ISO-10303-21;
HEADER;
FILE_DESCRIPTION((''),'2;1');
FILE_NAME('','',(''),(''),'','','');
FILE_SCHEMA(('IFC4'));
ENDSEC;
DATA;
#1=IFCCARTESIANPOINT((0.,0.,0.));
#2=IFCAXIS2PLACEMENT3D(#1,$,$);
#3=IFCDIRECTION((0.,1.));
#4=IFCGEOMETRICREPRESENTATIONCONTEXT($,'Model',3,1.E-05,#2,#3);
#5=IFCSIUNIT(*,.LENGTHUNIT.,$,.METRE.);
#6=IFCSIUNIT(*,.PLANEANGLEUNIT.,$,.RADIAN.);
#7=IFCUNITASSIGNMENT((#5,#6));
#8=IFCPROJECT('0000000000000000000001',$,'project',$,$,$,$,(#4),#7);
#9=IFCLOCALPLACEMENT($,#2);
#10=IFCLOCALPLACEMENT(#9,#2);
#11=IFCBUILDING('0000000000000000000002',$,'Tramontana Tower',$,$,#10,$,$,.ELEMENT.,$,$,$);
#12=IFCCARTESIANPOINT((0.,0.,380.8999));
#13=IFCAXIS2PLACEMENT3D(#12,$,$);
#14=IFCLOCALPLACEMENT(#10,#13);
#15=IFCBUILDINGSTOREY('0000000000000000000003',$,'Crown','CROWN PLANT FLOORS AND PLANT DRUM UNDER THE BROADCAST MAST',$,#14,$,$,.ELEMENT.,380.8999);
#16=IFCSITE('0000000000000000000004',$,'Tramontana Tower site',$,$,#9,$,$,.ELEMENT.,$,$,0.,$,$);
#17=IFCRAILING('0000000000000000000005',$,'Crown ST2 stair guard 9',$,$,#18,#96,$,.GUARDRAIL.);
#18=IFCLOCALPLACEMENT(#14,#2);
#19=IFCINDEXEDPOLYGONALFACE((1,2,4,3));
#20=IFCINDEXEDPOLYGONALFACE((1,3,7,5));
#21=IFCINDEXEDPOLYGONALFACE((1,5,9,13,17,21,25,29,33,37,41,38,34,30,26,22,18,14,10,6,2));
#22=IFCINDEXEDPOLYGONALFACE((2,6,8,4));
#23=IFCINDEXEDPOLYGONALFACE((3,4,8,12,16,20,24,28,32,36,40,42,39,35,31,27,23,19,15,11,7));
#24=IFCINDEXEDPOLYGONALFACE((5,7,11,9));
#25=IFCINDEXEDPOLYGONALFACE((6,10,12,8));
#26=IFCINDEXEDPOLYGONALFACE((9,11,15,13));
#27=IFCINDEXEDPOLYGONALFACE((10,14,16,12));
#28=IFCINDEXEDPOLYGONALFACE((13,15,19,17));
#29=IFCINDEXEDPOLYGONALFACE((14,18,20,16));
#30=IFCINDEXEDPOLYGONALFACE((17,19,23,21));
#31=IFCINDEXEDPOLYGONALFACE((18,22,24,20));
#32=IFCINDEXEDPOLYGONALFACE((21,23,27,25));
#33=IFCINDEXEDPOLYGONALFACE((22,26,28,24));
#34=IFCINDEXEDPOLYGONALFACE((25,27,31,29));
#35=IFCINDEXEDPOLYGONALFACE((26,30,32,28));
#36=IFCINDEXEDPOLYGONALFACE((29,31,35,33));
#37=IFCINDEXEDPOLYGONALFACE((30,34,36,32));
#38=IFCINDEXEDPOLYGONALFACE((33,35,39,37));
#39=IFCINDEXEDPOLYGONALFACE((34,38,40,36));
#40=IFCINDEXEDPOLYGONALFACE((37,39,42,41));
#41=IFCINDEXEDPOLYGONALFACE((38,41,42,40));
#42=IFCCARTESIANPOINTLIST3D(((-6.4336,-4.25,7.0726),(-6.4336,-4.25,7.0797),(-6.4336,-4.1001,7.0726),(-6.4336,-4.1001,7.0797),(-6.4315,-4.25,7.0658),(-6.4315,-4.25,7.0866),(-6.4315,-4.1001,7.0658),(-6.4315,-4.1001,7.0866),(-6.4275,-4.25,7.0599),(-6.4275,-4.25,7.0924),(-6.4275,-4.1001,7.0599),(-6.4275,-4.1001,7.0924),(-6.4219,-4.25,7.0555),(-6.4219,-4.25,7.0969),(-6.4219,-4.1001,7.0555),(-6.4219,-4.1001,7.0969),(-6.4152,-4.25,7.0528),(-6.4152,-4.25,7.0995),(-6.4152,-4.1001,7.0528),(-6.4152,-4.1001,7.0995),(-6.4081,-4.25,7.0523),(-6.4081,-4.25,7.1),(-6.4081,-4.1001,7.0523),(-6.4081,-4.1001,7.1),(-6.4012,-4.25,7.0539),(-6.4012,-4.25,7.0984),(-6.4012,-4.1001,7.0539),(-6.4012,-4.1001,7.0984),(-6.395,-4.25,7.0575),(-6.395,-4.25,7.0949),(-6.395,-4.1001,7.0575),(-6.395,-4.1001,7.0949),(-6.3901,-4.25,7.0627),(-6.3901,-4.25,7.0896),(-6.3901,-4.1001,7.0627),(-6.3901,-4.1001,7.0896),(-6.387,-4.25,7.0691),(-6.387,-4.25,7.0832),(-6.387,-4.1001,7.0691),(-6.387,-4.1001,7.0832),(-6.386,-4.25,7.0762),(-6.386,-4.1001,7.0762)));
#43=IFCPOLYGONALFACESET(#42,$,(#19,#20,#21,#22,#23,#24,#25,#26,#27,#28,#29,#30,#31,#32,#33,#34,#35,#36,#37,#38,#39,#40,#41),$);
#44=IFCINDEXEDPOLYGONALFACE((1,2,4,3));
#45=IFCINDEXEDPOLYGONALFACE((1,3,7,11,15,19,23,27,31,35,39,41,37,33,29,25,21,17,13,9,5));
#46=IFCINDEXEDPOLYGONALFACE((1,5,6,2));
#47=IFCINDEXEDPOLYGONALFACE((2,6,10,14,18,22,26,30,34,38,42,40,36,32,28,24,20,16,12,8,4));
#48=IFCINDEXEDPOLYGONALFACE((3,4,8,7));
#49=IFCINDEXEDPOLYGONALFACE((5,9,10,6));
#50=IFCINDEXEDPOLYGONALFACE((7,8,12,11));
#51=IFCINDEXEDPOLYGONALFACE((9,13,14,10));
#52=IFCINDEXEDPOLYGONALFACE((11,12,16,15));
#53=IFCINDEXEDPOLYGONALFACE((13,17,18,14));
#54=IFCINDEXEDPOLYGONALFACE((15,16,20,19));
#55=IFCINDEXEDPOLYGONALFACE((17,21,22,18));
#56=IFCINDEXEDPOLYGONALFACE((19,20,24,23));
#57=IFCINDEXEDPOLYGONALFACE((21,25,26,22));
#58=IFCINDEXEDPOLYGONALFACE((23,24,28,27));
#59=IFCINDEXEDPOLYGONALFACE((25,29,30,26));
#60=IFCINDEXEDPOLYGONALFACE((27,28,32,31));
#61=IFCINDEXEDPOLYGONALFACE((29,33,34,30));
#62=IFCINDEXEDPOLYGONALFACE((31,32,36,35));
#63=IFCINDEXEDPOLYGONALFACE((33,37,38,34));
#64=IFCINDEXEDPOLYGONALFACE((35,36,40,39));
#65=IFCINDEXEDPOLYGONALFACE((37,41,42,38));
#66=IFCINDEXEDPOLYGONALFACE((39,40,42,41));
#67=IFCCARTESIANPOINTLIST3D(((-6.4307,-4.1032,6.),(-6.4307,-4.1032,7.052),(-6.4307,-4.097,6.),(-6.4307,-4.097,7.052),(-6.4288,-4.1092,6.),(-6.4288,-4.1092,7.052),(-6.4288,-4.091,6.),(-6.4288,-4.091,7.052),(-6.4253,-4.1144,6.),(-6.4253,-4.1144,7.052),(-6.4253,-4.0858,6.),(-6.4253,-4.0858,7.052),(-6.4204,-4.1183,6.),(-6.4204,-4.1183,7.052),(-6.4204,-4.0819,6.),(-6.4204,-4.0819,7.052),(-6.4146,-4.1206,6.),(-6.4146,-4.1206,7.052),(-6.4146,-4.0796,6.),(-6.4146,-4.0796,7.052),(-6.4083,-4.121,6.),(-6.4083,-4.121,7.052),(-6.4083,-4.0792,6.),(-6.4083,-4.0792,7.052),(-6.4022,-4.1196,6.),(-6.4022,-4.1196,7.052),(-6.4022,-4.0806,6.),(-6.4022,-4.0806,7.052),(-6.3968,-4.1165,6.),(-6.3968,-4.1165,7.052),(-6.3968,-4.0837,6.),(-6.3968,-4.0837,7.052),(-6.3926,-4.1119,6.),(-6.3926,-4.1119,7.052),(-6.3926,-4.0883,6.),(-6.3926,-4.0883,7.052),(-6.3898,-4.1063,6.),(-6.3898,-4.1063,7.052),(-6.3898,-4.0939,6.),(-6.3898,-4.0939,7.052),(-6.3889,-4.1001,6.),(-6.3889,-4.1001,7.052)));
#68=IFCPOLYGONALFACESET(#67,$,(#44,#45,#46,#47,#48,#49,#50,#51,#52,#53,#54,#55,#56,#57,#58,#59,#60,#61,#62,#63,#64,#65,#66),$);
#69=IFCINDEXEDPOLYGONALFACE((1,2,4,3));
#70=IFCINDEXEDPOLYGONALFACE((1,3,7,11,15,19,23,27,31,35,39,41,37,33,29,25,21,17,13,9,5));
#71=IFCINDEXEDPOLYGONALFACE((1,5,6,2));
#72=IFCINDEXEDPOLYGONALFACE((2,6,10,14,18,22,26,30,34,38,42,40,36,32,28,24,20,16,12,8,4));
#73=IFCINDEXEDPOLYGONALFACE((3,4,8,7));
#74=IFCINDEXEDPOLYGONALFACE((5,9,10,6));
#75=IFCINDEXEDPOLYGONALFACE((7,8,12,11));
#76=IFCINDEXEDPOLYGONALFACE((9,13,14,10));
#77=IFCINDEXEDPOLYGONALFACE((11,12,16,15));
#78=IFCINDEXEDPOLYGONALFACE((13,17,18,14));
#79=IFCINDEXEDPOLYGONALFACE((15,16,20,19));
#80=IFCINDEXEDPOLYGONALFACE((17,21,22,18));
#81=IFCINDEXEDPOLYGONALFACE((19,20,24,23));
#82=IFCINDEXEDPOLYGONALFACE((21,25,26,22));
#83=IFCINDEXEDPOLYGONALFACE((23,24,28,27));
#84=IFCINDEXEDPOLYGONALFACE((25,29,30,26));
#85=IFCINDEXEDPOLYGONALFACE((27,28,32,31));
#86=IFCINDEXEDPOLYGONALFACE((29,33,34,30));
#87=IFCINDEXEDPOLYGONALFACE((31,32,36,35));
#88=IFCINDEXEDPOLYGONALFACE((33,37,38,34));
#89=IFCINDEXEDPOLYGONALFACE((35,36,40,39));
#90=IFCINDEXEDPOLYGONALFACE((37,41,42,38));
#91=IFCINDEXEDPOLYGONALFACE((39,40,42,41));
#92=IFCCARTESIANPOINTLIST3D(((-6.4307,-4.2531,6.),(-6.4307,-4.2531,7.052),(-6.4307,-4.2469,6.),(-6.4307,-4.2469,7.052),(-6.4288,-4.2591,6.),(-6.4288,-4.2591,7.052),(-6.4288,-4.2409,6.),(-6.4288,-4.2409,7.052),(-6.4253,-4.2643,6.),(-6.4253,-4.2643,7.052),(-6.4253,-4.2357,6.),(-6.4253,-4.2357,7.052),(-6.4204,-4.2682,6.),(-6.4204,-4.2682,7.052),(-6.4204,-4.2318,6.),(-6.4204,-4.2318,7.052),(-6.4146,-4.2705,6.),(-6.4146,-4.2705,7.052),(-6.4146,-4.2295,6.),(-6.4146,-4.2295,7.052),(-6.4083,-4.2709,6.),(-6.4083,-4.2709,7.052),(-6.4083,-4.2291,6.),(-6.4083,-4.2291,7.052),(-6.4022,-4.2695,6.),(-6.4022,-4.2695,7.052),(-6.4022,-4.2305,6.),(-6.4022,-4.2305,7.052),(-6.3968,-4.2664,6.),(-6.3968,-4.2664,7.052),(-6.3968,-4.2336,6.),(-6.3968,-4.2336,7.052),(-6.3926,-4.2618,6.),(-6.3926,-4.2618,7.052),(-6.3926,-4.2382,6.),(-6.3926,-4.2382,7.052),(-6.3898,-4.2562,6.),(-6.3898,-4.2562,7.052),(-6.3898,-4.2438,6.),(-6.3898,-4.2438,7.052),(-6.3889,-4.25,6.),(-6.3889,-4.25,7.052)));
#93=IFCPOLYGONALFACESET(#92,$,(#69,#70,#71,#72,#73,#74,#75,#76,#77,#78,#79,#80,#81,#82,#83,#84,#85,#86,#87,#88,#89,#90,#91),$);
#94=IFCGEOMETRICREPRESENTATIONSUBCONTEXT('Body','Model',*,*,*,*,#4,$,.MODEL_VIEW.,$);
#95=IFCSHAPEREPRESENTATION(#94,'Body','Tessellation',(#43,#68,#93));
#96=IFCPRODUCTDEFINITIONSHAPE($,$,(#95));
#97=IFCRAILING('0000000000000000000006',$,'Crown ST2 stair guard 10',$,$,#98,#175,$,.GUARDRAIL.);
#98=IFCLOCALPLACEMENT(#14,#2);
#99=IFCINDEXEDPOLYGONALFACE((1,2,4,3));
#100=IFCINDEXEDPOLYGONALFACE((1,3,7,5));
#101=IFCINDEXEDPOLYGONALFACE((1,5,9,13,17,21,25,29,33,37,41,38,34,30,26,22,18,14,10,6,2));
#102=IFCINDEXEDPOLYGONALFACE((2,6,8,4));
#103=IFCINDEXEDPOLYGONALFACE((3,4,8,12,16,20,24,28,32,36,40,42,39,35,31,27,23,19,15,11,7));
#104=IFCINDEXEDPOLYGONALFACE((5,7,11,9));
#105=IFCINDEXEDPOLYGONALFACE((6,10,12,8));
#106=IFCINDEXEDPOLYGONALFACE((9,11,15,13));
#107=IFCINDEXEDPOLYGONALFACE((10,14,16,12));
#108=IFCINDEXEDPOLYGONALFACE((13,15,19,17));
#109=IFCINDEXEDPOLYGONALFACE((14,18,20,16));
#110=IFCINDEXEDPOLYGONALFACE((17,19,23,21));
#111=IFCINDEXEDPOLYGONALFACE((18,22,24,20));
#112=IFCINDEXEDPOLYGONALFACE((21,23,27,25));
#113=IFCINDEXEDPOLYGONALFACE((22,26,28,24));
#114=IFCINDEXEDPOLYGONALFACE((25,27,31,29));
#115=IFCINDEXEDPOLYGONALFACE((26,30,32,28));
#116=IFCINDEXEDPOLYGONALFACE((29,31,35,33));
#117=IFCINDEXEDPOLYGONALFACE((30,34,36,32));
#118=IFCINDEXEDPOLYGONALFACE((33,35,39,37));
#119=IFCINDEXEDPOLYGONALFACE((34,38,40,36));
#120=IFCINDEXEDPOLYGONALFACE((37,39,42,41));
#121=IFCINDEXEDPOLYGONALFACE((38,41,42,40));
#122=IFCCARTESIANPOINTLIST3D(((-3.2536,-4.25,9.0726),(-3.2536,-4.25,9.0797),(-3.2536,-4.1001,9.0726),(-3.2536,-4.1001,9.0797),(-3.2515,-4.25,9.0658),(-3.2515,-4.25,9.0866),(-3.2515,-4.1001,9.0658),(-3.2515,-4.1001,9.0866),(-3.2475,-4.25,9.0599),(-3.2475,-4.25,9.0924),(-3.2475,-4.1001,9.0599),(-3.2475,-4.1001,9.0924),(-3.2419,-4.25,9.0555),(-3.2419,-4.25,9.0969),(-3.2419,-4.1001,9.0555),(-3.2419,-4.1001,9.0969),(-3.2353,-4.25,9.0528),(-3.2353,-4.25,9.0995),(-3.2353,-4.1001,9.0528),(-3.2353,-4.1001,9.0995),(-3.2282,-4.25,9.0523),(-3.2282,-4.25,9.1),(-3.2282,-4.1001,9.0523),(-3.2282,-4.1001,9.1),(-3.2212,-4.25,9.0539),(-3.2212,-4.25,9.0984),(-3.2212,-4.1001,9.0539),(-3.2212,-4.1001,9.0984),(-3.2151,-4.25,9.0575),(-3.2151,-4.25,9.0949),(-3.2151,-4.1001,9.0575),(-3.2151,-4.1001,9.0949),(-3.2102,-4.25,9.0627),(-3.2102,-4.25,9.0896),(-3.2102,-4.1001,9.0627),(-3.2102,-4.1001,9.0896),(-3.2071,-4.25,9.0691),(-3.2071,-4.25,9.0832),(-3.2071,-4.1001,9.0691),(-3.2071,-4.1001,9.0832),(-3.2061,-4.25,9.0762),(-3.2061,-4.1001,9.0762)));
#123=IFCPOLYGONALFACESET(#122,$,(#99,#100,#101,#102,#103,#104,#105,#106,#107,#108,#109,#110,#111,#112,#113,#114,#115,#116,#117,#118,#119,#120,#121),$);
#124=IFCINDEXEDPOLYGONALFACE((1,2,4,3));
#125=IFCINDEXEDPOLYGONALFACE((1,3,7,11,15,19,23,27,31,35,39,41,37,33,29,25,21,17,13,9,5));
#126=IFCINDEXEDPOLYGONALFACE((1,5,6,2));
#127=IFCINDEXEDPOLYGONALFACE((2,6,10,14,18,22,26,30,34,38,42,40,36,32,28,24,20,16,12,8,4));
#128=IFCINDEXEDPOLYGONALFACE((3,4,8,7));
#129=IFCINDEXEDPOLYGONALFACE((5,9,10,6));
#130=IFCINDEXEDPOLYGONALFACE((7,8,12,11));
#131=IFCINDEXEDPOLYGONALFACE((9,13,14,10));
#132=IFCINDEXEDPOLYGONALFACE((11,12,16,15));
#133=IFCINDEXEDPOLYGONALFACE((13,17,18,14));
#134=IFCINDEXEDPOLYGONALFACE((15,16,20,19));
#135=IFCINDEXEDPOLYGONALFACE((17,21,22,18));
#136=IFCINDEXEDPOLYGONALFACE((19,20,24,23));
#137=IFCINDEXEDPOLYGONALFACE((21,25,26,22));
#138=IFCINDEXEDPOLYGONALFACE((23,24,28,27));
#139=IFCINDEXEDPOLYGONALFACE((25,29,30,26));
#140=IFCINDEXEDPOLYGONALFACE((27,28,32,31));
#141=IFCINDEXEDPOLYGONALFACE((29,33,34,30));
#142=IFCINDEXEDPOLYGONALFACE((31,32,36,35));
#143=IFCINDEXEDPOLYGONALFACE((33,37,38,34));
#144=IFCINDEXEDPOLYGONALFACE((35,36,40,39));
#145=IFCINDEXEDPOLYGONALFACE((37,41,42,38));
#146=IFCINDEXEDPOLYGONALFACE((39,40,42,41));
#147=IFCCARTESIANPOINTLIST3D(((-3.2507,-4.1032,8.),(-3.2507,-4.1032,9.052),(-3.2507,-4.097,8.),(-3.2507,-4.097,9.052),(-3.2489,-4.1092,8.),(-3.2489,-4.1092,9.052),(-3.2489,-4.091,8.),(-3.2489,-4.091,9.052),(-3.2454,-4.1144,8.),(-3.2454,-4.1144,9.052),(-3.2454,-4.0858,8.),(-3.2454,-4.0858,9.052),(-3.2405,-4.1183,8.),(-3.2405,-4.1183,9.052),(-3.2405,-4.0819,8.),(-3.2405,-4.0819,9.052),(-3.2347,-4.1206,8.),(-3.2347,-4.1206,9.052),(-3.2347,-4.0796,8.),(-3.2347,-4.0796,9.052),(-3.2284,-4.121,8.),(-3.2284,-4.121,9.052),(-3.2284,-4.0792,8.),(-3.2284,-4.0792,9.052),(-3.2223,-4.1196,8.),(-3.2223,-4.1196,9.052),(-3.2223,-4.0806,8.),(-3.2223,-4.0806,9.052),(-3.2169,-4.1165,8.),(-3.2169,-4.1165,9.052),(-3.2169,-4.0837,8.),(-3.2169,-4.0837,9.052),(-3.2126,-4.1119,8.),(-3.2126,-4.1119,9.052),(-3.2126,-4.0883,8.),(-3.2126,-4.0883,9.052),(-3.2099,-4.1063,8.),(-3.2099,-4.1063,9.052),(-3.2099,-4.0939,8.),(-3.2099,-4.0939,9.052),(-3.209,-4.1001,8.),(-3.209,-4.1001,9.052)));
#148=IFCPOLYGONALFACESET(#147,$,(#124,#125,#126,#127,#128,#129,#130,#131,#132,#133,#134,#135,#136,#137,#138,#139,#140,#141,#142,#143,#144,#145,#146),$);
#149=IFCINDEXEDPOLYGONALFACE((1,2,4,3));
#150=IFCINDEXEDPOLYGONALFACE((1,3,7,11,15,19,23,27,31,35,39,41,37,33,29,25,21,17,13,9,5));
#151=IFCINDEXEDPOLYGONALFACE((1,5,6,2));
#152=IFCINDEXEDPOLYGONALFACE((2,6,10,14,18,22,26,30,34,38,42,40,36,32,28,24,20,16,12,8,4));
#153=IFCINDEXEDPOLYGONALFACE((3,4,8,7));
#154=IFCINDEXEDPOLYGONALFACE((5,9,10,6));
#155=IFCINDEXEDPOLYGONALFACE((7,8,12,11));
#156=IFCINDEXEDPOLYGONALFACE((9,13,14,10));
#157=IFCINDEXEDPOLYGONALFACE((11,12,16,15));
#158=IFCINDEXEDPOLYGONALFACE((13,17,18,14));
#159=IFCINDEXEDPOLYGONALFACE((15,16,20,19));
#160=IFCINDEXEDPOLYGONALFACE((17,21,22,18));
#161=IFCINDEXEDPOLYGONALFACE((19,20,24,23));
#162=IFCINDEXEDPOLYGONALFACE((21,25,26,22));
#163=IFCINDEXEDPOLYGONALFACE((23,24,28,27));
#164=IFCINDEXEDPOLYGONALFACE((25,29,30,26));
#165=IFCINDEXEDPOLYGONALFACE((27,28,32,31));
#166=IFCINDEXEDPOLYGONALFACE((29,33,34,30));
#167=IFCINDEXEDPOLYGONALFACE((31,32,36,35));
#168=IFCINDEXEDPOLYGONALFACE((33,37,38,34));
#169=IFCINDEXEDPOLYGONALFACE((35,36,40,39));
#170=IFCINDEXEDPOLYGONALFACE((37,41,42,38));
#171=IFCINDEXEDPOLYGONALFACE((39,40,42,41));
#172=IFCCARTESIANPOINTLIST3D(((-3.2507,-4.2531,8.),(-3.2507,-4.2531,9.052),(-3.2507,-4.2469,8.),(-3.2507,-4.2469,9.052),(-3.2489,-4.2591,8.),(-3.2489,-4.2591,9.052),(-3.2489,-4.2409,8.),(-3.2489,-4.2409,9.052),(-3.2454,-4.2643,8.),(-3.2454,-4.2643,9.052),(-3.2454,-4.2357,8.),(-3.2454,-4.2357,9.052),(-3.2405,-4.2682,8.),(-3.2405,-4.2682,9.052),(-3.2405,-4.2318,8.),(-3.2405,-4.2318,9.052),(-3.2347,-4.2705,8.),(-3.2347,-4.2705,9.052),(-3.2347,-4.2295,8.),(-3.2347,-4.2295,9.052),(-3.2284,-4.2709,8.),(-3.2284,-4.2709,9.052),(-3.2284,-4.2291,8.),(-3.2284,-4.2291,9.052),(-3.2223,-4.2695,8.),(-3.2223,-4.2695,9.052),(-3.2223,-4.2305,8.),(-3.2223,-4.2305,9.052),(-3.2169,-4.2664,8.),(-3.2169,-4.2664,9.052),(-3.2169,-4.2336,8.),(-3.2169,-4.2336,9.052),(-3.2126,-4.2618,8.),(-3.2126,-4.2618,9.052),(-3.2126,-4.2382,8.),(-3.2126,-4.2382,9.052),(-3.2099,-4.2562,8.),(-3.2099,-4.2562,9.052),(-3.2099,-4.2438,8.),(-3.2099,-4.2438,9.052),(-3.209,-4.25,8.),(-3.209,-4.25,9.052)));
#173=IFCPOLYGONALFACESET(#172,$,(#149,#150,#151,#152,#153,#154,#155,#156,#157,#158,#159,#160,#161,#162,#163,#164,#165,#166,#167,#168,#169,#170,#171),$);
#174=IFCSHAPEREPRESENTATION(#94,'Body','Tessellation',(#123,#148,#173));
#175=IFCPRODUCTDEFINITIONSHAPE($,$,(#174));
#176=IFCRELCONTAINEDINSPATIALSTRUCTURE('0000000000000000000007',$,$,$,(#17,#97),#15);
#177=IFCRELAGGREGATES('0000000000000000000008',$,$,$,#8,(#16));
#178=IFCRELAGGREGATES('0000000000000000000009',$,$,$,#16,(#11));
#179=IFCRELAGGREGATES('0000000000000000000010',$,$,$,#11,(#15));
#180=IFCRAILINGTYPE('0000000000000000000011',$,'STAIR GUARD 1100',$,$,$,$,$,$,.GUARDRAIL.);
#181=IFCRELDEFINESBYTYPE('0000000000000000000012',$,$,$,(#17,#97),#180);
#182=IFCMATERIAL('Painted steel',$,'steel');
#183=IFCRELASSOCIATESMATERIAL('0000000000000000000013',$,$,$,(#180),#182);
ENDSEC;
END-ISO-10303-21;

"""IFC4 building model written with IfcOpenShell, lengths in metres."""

from ifc_helpers import new_model, si_unit, direction, frame, origin, origin_2d, place, context, subcontext, project, spatial, circle, extrude, material, type_object, element, save


model = new_model("IFC4")

# Units and contexts
model_context = context("Model", 3, precision=1e-05, world=origin(), true_north=direction((0.0, 1.0)))
body_context = subcontext(model_context, "Body", "Model", "MODEL_VIEW")
ifc_project = project(units=[si_unit("LENGTHUNIT", "METRE"), si_unit("PLANEANGLEUNIT", "RADIAN")], contexts=[model_context])

# Site, building, storey
site_placement = place(None, origin())
site = spatial("IfcSite", under=ifc_project, at=site_placement, Name="Tramontana Tower site", CompositionType="ELEMENT", RefElevation=0.0)
building_placement = place(site_placement, origin())
building = spatial("IfcBuilding", under=site, at=building_placement, Name="Tramontana Tower", CompositionType="ELEMENT")
storey_placement = place(building_placement, frame((0.0, 0.0, 380.8999)))
storey = spatial("IfcBuildingStorey", under=building, at=storey_placement, Name="Crown", Description="CROWN PLANT FLOORS AND PLANT DRUM UNDER THE BROADCAST MAST", CompositionType="ELEMENT", Elevation=380.8999)

# Railings
ifc_material_1 = material(Name="Painted steel", Category="steel")
railing_type_1 = type_object("IfcRailingType", Name="STAIR GUARD 1100", PredefinedType="GUARDRAIL", material=ifc_material_1)
for number, where, name in (
    (1, (-6.4099, -4.1001, 6.0), "Crown ST2 stair guard 9"),
    (2, (-3.23, -4.1001, 8.0), "Crown ST2 stair guard 10"),
):
    element("IfcRailing", number, at=place(storey_placement, frame(where)), inside=storey, type_object=railing_type_1, Name=name, PredefinedType="GUARDRAIL", context=body_context, shape_type="SweptSolid", body=[
        extrude(circle(Radius=0.0239, at=origin_2d()), frame((0.0, 0.0, 1.0762), z_axis=(0.0, -1.0, 0.0), x_axis=(1.0, 0.0, 0.0)), (0.0, 0.0, 1.0), 0.1499),
        extrude(circle(Radius=0.021, at=origin_2d()), origin(), (0.0, 0.0, 1.0), 1.052),
        extrude(circle(Radius=0.021, at=origin_2d()), frame((0.0, -0.1499, 0.0)), (0.0, 0.0, 1.0), 1.052),
    ])

save(model, "model.ifc")
